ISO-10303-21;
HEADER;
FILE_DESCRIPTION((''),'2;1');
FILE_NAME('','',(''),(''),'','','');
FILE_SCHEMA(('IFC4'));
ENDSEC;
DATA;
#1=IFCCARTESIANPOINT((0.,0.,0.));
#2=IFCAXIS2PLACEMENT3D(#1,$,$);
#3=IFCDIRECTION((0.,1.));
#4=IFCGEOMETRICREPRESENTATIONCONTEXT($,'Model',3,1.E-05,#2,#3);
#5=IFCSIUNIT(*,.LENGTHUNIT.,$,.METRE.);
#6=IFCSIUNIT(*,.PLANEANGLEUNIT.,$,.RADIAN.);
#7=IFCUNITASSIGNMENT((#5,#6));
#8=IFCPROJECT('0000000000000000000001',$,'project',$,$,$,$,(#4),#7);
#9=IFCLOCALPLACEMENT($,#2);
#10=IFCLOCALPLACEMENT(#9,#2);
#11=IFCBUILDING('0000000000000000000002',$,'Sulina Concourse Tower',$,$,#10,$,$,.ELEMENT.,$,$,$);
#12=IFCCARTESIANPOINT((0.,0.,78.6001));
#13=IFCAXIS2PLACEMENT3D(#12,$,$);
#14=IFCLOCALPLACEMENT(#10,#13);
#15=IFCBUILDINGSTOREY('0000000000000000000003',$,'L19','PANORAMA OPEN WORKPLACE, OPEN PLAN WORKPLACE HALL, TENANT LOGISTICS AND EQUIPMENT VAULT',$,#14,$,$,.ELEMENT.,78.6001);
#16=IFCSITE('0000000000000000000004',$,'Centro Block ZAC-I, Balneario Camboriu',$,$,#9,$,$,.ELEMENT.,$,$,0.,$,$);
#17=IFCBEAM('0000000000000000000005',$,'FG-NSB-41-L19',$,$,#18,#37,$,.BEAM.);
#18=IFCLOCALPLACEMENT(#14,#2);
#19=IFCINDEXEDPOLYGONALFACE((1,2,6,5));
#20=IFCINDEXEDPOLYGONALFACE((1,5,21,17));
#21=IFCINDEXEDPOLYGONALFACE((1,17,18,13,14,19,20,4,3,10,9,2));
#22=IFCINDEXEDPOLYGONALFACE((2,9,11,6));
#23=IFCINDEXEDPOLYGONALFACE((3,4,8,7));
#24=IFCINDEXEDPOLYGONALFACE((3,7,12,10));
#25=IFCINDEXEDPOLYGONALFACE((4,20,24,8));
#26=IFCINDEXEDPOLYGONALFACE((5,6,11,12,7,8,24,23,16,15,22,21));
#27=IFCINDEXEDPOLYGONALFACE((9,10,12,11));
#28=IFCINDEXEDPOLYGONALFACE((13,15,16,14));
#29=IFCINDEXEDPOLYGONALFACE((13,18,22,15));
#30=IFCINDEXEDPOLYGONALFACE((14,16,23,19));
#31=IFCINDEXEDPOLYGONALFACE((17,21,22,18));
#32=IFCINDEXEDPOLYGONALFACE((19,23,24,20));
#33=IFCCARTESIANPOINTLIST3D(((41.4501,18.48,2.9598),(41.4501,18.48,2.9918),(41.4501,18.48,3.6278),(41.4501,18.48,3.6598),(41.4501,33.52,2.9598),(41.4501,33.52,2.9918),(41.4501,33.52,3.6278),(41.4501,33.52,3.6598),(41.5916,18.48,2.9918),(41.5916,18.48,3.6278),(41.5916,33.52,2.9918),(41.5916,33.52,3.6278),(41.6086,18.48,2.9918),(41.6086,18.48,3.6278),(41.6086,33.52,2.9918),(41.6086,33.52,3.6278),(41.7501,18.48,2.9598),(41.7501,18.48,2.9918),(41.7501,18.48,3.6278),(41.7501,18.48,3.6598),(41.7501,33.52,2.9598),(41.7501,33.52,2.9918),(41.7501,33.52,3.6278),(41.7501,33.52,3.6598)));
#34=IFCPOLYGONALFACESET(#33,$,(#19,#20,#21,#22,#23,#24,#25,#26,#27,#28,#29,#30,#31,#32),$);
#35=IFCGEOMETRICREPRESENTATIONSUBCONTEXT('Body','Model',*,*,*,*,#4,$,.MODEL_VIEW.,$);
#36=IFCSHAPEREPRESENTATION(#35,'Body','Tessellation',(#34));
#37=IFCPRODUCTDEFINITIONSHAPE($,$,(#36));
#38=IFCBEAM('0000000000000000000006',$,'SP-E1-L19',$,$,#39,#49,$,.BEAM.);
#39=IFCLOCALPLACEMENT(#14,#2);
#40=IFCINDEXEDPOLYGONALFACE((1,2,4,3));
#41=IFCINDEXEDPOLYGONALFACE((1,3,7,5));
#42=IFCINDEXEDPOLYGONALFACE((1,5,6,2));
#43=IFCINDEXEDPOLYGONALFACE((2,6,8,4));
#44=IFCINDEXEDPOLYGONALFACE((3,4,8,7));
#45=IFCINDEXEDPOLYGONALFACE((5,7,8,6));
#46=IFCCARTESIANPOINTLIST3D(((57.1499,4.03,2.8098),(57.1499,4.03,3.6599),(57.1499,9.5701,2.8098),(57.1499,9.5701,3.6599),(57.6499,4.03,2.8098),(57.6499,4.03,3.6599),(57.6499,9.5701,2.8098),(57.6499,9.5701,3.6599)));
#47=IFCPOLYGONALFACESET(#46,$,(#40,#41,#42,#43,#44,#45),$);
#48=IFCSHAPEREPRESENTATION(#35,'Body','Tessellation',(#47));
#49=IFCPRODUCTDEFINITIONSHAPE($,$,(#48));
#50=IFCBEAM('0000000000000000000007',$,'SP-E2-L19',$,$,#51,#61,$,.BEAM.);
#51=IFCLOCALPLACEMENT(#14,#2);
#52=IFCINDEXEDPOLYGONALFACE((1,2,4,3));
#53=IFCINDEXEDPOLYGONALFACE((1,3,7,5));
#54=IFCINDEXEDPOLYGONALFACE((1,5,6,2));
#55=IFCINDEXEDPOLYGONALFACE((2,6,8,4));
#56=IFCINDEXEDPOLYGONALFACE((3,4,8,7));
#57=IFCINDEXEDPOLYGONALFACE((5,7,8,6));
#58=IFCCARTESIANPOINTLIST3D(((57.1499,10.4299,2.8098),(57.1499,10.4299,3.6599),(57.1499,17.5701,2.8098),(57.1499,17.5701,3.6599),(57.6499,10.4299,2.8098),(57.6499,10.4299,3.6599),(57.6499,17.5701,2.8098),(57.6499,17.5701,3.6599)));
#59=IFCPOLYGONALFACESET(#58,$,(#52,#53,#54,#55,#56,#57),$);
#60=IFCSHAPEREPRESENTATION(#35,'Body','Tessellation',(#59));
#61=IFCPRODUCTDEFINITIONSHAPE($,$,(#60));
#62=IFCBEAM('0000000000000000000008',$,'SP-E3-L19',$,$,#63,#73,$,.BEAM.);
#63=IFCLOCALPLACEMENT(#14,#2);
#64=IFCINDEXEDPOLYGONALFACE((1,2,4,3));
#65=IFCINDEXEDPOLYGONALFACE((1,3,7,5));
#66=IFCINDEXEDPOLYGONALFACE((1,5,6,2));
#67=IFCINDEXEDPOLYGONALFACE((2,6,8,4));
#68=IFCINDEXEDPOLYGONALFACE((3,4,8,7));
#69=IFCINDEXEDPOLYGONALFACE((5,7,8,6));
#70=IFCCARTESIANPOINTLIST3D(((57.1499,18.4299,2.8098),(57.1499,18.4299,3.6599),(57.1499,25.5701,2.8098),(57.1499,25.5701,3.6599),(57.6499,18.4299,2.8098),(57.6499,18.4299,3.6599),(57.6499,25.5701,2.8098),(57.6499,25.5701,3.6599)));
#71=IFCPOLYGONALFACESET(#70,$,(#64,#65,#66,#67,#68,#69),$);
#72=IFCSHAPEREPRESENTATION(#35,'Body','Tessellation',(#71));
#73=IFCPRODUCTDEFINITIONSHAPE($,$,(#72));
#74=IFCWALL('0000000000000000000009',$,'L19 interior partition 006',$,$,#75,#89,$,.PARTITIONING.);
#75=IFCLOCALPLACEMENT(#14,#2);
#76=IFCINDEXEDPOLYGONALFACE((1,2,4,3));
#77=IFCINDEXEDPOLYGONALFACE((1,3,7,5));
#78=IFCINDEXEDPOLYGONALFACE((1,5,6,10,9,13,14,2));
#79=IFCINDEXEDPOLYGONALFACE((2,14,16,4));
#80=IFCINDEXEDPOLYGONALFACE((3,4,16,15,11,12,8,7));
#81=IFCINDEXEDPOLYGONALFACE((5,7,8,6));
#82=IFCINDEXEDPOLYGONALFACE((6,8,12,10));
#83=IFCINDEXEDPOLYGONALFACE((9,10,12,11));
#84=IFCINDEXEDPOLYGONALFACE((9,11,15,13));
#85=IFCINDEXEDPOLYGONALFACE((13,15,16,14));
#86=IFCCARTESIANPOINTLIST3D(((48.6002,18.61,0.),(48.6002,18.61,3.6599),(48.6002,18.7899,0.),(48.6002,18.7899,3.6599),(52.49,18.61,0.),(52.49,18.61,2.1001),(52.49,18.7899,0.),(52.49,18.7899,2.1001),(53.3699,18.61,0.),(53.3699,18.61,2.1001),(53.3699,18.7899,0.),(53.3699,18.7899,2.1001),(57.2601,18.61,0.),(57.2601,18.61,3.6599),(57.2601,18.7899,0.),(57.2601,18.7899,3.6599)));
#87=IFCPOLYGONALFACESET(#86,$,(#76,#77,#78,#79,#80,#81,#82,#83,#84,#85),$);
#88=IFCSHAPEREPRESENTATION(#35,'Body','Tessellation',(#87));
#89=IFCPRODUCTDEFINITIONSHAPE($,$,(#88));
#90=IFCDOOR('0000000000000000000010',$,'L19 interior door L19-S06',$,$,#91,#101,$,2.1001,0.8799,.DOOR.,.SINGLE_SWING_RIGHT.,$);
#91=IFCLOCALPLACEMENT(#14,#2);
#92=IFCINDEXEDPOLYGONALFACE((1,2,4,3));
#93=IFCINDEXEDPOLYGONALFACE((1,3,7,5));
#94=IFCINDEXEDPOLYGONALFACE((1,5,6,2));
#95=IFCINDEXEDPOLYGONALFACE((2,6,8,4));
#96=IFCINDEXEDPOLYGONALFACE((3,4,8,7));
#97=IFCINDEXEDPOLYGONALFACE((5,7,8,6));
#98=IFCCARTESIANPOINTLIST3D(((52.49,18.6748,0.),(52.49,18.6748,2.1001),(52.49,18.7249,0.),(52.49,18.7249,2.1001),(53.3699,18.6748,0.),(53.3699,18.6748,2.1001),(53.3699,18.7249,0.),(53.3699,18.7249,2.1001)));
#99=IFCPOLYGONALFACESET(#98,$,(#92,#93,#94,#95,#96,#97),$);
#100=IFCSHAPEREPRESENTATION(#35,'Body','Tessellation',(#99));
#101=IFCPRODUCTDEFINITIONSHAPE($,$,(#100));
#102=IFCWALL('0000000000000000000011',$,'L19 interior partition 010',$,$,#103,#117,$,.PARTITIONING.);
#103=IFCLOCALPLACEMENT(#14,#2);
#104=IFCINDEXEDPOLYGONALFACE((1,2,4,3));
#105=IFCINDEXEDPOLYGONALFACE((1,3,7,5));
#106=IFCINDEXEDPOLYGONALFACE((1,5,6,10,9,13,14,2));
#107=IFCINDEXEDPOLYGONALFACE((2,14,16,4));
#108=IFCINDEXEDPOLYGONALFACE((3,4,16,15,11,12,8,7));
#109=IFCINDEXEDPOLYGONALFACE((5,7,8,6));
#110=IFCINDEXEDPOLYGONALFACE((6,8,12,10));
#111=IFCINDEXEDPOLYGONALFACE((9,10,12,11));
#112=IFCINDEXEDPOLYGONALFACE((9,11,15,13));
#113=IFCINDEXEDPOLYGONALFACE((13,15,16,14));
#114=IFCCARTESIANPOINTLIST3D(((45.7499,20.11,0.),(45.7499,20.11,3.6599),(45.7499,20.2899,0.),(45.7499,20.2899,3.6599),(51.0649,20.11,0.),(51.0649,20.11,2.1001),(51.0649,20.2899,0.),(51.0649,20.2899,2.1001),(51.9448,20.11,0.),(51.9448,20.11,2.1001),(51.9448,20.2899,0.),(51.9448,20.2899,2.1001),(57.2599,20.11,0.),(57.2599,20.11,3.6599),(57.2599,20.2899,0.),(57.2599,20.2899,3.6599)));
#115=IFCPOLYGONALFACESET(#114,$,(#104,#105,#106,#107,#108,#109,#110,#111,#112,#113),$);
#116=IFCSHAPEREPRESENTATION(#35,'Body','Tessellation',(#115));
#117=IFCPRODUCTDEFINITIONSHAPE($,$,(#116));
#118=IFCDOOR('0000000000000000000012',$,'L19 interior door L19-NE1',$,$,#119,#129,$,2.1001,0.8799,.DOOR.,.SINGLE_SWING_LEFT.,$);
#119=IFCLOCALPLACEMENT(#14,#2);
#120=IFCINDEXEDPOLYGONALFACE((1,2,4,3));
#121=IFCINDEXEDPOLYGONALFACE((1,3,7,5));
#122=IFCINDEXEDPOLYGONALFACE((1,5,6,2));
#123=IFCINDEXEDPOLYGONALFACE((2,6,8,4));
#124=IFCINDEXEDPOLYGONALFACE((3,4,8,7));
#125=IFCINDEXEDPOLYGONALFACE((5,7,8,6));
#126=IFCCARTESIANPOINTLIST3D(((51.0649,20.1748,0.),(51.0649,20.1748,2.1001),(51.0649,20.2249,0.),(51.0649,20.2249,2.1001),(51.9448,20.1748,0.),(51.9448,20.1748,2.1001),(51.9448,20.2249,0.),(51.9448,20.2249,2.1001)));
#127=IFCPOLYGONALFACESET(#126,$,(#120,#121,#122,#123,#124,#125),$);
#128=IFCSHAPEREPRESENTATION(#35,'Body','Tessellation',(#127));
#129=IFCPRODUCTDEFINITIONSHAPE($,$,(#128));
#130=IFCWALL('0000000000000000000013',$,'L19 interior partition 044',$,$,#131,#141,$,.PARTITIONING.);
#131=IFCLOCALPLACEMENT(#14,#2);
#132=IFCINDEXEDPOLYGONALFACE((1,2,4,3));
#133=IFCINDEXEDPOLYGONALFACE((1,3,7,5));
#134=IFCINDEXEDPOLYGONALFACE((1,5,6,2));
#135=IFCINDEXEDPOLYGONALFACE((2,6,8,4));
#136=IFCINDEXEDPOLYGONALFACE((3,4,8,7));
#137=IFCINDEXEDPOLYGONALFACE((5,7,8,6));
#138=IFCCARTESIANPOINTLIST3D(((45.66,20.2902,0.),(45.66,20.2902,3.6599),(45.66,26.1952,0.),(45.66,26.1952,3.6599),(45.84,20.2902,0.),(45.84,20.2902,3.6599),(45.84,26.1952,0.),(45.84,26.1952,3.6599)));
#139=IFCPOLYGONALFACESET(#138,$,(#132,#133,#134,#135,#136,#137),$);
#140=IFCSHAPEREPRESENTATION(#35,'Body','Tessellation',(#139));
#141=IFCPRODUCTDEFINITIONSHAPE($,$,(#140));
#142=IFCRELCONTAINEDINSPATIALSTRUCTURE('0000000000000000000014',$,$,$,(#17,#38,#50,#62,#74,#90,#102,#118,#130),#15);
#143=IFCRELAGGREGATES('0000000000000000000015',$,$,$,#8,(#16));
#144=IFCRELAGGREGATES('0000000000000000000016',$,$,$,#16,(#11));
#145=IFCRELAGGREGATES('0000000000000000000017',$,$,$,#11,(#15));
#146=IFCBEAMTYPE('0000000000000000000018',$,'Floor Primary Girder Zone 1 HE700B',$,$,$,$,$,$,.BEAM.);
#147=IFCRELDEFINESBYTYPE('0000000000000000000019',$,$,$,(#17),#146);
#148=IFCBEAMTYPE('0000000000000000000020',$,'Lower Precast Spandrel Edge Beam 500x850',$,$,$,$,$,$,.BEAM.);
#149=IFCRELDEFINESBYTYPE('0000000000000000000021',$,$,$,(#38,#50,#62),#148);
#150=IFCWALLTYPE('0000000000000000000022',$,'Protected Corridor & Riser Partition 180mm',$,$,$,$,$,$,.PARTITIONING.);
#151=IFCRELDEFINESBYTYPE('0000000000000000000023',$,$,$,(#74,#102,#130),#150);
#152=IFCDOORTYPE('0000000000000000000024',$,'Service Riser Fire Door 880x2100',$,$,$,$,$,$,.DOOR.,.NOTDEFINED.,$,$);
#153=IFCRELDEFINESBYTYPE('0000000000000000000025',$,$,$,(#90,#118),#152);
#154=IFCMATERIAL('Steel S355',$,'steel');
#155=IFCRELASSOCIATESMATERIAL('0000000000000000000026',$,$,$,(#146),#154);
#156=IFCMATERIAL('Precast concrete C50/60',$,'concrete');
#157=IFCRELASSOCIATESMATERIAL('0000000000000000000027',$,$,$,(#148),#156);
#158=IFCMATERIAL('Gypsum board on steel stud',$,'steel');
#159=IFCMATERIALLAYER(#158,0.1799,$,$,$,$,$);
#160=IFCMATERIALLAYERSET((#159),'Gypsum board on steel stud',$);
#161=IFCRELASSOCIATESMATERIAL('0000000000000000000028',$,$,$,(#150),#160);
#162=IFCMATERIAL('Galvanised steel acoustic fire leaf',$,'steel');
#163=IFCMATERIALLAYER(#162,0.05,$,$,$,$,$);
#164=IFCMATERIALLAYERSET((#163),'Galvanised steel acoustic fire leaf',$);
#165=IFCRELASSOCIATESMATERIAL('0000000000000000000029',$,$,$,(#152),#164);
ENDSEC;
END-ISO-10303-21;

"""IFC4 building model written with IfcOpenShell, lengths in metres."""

from ifc_helpers import new_model, si_unit, direction, frame, frame_2d, origin, origin_2d, place, context, subcontext, project, spatial, rectangle, i_section, extrude, material, layer, layer_set, material_profile, profile_set, type_object, element, fill, save


model = new_model("IFC4")

# Units and contexts
model_context = context("Model", 3, precision=1e-05, world=origin(), true_north=direction((0.0, 1.0)))
body_context = subcontext(model_context, "Body", "Model", "MODEL_VIEW")
ifc_project = project(units=[si_unit("LENGTHUNIT", "METRE"), si_unit("PLANEANGLEUNIT", "RADIAN")], contexts=[model_context])

# Site, building, storey
site_placement = place(None, origin())
site = spatial("IfcSite", under=ifc_project, at=site_placement, Name="Centro Block ZAC-I, Balneario Camboriu", CompositionType="ELEMENT", RefElevation=0.0)
building_placement = place(site_placement, origin())
building = spatial("IfcBuilding", under=site, at=building_placement, Name="Sulina Concourse Tower", CompositionType="ELEMENT")
storey_placement = place(building_placement, frame((0.0, 0.0, 78.6001)))
storey = spatial("IfcBuildingStorey", under=building, at=storey_placement, Name="L19", Description="PANORAMA OPEN WORKPLACE, OPEN PLAN WORKPLACE HALL, TENANT LOGISTICS AND EQUIPMENT VAULT", CompositionType="ELEMENT", Elevation=78.6001)

# Beams
ifc_material_1 = material(Name="Steel S355", Category="steel")
ifc_material_profile_1 = material_profile(ifc_material_1, i_section(OverallWidth=0.3, OverallDepth=0.7, WebThickness=0.0171, FlangeThickness=0.032, at=origin_2d()), Name="HE 700 B")
ifc_profile_set_1 = profile_set([ifc_material_profile_1], Name="Steel S355")
beam_type_1 = type_object("IfcBeamType", Name="Floor Primary Girder Zone 1 HE700B", PredefinedType="BEAM", material=ifc_profile_set_1)
beam_1_placement = place(storey_placement, frame((41.6001, 18.48, 3.3098), z_axis=(0.0, 1.0, 0.0), x_axis=(-1.0, 0.0, 0.0)))
element("IfcBeam", 1, at=beam_1_placement, inside=storey, type_object=beam_type_1, Name="FG-NSB-41-L19", PredefinedType="BEAM", context=body_context, shape_type="SweptSolid", body=[
    extrude(i_section(OverallWidth=0.3, OverallDepth=0.7, WebThickness=0.0171, FlangeThickness=0.032, at=origin_2d()), origin(), (0.0, 0.0, 1.0), 15.04),
])
ifc_material_2 = material(Name="Precast concrete C50/60", Category="concrete")
ifc_material_profile_2 = material_profile(ifc_material_2, rectangle(XDim=0.5, YDim=0.8501, at=origin_2d()), Name="RC 500x850")
ifc_profile_set_2 = profile_set([ifc_material_profile_2], Name="Precast concrete C50/60")
beam_type_2 = type_object("IfcBeamType", Name="Lower Precast Spandrel Edge Beam 500x850", PredefinedType="BEAM", material=ifc_profile_set_2)
beam_2_placement = place(storey_placement, frame((57.3999, 4.03, 3.2349), z_axis=(0.0, 1.0, 0.0), x_axis=(-1.0, 0.0, 0.0)))
element("IfcBeam", 2, at=beam_2_placement, inside=storey, type_object=beam_type_2, Name="SP-E1-L19", PredefinedType="BEAM", context=body_context, shape_type="SweptSolid", body=[
    extrude(rectangle(XDim=0.5, YDim=0.8501, at=origin_2d()), origin(), (0.0, 0.0, 1.0), 5.54),
])
for number, where, z_axis, x_axis, name in (
    (3, (57.3999, 10.4299, 3.2349), (0.0, 1.0, 0.0), (-1.0, 0.0, 0.0), "SP-E2-L19"),
    (4, (57.3999, 18.4299, 3.2349), (0.0, 1.0, 0.0), (-1.0, 0.0, 0.0), "SP-E3-L19"),
):
    element("IfcBeam", number, at=place(storey_placement, frame(where, z_axis=z_axis, x_axis=x_axis)), inside=storey, type_object=beam_type_2, Name=name, PredefinedType="BEAM", context=body_context, shape_type="SweptSolid", body=[
        extrude(rectangle(XDim=0.5, YDim=0.8501, at=origin_2d()), origin(), (0.0, 0.0, 1.0), 7.1401),
    ])

# Walls, openings, doors
ifc_material_3 = material(Name="Gypsum board on steel stud", Category="steel")
ifc_layer_1 = layer(ifc_material_3, 0.1799)
ifc_layer_set_1 = layer_set([ifc_layer_1], Name="Gypsum board on steel stud")
wall_type_1 = type_object("IfcWallType", Name="Protected Corridor & Riser Partition 180mm", PredefinedType="PARTITIONING", material=ifc_layer_set_1)
wall_1_placement = place(storey_placement, frame((48.6001, 18.7, 0.0), z_axis=(0.0, 0.0, 1.0), x_axis=(1.0, 0.0, 0.0)))
wall_1 = element("IfcWall", 5, at=wall_1_placement, inside=storey, type_object=wall_type_1, Name="L19 interior partition 006", PredefinedType="PARTITIONING", context=body_context, shape_type="SweptSolid", body=[
    extrude(rectangle(XDim=8.6599, YDim=0.1799, at=frame_2d((4.3301, 0.0))), origin(), (0.0, 0.0, 1.0), 3.6599),
])
opening_1_placement = place(wall_1_placement, frame((3.8899, 0.0, 0.0)))
opening_1 = element("IfcOpeningElement", 6, at=opening_1_placement, cuts=wall_1, PredefinedType="OPENING", context=body_context, shape_type="SweptSolid", body=[
    extrude(rectangle(XDim=0.8799, YDim=2.1001, at=frame_2d((0.4399, 1.05))), frame((0.0, 0.0999, 0.0), z_axis=(0.0, -1.0, 0.0), x_axis=(1.0, 0.0, 0.0)), (0.0, 0.0, 1.0), 0.2),
])
ifc_material_4 = material(Name="Galvanised steel acoustic fire leaf", Category="steel")
ifc_layer_2 = layer(ifc_material_4, 0.05)
ifc_layer_set_2 = layer_set([ifc_layer_2], Name="Galvanised steel acoustic fire leaf")
door_type = type_object("IfcDoorType", Name="Service Riser Fire Door 880x2100", OperationType="NOTDEFINED", PredefinedType="DOOR", material=ifc_layer_set_2)
door_1_placement = place(opening_1_placement, origin())
door_1 = element("IfcDoor", 7, at=door_1_placement, inside=storey, type_object=door_type, Name="L19 interior door L19-S06", OperationType="SINGLE_SWING_RIGHT", OverallHeight=2.1001, OverallWidth=0.8799, PredefinedType="DOOR", context=body_context, shape_type="SweptSolid", body=[
    extrude(rectangle(XDim=0.8799, YDim=2.1001, at=frame_2d((0.4399, 1.05))), frame((0.0, 0.0249, 0.0), z_axis=(0.0, -1.0, 0.0), x_axis=(1.0, 0.0, 0.0)), (0.0, 0.0, 1.0), 0.05),
])
fill(opening_1, door_1)
wall_2_placement = place(storey_placement, frame((45.75, 20.2, 0.0), z_axis=(0.0, 0.0, 1.0), x_axis=(1.0, 0.0, 0.0)))
wall_2 = element("IfcWall", 8, at=wall_2_placement, inside=storey, type_object=wall_type_1, Name="L19 interior partition 010", PredefinedType="PARTITIONING", context=body_context, shape_type="SweptSolid", body=[
    extrude(rectangle(XDim=11.51, YDim=0.1799, at=frame_2d((5.7549, 0.0))), origin(), (0.0, 0.0, 1.0), 3.6599),
])
opening_2_placement = place(wall_2_placement, frame((5.3149, 0.0, 0.0)))
opening_2 = element("IfcOpeningElement", 9, at=opening_2_placement, cuts=wall_2, PredefinedType="OPENING", context=body_context, shape_type="SweptSolid", body=[
    extrude(rectangle(XDim=0.8799, YDim=2.1001, at=frame_2d((0.4399, 1.05))), frame((0.0, 0.0999, 0.0), z_axis=(0.0, -1.0, 0.0), x_axis=(1.0, 0.0, 0.0)), (0.0, 0.0, 1.0), 0.2),
])
door_2_placement = place(opening_2_placement, origin())
door_2 = element("IfcDoor", 10, at=door_2_placement, inside=storey, type_object=door_type, Name="L19 interior door L19-NE1", OperationType="SINGLE_SWING_LEFT", OverallHeight=2.1001, OverallWidth=0.8799, PredefinedType="DOOR", context=body_context, shape_type="SweptSolid", body=[
    extrude(rectangle(XDim=0.8799, YDim=2.1001, at=frame_2d((0.4399, 1.05))), frame((0.0, 0.0249, 0.0), z_axis=(0.0, -1.0, 0.0), x_axis=(1.0, 0.0, 0.0)), (0.0, 0.0, 1.0), 0.05),
])
fill(opening_2, door_2)

# Wall
wall_3_placement = place(storey_placement, frame((45.75, 20.29, 0.0), z_axis=(0.0, 0.0, 1.0), x_axis=(0.0, 1.0, 0.0)))
element("IfcWall", 11, at=wall_3_placement, inside=storey, type_object=wall_type_1, Name="L19 interior partition 044", PredefinedType="PARTITIONING", context=body_context, shape_type="SweptSolid", body=[
    extrude(rectangle(XDim=5.905, YDim=0.1799, at=frame_2d((2.9526, 0.0))), origin(), (0.0, 0.0, 1.0), 3.6599),
])

save(model, "model.ifc")
